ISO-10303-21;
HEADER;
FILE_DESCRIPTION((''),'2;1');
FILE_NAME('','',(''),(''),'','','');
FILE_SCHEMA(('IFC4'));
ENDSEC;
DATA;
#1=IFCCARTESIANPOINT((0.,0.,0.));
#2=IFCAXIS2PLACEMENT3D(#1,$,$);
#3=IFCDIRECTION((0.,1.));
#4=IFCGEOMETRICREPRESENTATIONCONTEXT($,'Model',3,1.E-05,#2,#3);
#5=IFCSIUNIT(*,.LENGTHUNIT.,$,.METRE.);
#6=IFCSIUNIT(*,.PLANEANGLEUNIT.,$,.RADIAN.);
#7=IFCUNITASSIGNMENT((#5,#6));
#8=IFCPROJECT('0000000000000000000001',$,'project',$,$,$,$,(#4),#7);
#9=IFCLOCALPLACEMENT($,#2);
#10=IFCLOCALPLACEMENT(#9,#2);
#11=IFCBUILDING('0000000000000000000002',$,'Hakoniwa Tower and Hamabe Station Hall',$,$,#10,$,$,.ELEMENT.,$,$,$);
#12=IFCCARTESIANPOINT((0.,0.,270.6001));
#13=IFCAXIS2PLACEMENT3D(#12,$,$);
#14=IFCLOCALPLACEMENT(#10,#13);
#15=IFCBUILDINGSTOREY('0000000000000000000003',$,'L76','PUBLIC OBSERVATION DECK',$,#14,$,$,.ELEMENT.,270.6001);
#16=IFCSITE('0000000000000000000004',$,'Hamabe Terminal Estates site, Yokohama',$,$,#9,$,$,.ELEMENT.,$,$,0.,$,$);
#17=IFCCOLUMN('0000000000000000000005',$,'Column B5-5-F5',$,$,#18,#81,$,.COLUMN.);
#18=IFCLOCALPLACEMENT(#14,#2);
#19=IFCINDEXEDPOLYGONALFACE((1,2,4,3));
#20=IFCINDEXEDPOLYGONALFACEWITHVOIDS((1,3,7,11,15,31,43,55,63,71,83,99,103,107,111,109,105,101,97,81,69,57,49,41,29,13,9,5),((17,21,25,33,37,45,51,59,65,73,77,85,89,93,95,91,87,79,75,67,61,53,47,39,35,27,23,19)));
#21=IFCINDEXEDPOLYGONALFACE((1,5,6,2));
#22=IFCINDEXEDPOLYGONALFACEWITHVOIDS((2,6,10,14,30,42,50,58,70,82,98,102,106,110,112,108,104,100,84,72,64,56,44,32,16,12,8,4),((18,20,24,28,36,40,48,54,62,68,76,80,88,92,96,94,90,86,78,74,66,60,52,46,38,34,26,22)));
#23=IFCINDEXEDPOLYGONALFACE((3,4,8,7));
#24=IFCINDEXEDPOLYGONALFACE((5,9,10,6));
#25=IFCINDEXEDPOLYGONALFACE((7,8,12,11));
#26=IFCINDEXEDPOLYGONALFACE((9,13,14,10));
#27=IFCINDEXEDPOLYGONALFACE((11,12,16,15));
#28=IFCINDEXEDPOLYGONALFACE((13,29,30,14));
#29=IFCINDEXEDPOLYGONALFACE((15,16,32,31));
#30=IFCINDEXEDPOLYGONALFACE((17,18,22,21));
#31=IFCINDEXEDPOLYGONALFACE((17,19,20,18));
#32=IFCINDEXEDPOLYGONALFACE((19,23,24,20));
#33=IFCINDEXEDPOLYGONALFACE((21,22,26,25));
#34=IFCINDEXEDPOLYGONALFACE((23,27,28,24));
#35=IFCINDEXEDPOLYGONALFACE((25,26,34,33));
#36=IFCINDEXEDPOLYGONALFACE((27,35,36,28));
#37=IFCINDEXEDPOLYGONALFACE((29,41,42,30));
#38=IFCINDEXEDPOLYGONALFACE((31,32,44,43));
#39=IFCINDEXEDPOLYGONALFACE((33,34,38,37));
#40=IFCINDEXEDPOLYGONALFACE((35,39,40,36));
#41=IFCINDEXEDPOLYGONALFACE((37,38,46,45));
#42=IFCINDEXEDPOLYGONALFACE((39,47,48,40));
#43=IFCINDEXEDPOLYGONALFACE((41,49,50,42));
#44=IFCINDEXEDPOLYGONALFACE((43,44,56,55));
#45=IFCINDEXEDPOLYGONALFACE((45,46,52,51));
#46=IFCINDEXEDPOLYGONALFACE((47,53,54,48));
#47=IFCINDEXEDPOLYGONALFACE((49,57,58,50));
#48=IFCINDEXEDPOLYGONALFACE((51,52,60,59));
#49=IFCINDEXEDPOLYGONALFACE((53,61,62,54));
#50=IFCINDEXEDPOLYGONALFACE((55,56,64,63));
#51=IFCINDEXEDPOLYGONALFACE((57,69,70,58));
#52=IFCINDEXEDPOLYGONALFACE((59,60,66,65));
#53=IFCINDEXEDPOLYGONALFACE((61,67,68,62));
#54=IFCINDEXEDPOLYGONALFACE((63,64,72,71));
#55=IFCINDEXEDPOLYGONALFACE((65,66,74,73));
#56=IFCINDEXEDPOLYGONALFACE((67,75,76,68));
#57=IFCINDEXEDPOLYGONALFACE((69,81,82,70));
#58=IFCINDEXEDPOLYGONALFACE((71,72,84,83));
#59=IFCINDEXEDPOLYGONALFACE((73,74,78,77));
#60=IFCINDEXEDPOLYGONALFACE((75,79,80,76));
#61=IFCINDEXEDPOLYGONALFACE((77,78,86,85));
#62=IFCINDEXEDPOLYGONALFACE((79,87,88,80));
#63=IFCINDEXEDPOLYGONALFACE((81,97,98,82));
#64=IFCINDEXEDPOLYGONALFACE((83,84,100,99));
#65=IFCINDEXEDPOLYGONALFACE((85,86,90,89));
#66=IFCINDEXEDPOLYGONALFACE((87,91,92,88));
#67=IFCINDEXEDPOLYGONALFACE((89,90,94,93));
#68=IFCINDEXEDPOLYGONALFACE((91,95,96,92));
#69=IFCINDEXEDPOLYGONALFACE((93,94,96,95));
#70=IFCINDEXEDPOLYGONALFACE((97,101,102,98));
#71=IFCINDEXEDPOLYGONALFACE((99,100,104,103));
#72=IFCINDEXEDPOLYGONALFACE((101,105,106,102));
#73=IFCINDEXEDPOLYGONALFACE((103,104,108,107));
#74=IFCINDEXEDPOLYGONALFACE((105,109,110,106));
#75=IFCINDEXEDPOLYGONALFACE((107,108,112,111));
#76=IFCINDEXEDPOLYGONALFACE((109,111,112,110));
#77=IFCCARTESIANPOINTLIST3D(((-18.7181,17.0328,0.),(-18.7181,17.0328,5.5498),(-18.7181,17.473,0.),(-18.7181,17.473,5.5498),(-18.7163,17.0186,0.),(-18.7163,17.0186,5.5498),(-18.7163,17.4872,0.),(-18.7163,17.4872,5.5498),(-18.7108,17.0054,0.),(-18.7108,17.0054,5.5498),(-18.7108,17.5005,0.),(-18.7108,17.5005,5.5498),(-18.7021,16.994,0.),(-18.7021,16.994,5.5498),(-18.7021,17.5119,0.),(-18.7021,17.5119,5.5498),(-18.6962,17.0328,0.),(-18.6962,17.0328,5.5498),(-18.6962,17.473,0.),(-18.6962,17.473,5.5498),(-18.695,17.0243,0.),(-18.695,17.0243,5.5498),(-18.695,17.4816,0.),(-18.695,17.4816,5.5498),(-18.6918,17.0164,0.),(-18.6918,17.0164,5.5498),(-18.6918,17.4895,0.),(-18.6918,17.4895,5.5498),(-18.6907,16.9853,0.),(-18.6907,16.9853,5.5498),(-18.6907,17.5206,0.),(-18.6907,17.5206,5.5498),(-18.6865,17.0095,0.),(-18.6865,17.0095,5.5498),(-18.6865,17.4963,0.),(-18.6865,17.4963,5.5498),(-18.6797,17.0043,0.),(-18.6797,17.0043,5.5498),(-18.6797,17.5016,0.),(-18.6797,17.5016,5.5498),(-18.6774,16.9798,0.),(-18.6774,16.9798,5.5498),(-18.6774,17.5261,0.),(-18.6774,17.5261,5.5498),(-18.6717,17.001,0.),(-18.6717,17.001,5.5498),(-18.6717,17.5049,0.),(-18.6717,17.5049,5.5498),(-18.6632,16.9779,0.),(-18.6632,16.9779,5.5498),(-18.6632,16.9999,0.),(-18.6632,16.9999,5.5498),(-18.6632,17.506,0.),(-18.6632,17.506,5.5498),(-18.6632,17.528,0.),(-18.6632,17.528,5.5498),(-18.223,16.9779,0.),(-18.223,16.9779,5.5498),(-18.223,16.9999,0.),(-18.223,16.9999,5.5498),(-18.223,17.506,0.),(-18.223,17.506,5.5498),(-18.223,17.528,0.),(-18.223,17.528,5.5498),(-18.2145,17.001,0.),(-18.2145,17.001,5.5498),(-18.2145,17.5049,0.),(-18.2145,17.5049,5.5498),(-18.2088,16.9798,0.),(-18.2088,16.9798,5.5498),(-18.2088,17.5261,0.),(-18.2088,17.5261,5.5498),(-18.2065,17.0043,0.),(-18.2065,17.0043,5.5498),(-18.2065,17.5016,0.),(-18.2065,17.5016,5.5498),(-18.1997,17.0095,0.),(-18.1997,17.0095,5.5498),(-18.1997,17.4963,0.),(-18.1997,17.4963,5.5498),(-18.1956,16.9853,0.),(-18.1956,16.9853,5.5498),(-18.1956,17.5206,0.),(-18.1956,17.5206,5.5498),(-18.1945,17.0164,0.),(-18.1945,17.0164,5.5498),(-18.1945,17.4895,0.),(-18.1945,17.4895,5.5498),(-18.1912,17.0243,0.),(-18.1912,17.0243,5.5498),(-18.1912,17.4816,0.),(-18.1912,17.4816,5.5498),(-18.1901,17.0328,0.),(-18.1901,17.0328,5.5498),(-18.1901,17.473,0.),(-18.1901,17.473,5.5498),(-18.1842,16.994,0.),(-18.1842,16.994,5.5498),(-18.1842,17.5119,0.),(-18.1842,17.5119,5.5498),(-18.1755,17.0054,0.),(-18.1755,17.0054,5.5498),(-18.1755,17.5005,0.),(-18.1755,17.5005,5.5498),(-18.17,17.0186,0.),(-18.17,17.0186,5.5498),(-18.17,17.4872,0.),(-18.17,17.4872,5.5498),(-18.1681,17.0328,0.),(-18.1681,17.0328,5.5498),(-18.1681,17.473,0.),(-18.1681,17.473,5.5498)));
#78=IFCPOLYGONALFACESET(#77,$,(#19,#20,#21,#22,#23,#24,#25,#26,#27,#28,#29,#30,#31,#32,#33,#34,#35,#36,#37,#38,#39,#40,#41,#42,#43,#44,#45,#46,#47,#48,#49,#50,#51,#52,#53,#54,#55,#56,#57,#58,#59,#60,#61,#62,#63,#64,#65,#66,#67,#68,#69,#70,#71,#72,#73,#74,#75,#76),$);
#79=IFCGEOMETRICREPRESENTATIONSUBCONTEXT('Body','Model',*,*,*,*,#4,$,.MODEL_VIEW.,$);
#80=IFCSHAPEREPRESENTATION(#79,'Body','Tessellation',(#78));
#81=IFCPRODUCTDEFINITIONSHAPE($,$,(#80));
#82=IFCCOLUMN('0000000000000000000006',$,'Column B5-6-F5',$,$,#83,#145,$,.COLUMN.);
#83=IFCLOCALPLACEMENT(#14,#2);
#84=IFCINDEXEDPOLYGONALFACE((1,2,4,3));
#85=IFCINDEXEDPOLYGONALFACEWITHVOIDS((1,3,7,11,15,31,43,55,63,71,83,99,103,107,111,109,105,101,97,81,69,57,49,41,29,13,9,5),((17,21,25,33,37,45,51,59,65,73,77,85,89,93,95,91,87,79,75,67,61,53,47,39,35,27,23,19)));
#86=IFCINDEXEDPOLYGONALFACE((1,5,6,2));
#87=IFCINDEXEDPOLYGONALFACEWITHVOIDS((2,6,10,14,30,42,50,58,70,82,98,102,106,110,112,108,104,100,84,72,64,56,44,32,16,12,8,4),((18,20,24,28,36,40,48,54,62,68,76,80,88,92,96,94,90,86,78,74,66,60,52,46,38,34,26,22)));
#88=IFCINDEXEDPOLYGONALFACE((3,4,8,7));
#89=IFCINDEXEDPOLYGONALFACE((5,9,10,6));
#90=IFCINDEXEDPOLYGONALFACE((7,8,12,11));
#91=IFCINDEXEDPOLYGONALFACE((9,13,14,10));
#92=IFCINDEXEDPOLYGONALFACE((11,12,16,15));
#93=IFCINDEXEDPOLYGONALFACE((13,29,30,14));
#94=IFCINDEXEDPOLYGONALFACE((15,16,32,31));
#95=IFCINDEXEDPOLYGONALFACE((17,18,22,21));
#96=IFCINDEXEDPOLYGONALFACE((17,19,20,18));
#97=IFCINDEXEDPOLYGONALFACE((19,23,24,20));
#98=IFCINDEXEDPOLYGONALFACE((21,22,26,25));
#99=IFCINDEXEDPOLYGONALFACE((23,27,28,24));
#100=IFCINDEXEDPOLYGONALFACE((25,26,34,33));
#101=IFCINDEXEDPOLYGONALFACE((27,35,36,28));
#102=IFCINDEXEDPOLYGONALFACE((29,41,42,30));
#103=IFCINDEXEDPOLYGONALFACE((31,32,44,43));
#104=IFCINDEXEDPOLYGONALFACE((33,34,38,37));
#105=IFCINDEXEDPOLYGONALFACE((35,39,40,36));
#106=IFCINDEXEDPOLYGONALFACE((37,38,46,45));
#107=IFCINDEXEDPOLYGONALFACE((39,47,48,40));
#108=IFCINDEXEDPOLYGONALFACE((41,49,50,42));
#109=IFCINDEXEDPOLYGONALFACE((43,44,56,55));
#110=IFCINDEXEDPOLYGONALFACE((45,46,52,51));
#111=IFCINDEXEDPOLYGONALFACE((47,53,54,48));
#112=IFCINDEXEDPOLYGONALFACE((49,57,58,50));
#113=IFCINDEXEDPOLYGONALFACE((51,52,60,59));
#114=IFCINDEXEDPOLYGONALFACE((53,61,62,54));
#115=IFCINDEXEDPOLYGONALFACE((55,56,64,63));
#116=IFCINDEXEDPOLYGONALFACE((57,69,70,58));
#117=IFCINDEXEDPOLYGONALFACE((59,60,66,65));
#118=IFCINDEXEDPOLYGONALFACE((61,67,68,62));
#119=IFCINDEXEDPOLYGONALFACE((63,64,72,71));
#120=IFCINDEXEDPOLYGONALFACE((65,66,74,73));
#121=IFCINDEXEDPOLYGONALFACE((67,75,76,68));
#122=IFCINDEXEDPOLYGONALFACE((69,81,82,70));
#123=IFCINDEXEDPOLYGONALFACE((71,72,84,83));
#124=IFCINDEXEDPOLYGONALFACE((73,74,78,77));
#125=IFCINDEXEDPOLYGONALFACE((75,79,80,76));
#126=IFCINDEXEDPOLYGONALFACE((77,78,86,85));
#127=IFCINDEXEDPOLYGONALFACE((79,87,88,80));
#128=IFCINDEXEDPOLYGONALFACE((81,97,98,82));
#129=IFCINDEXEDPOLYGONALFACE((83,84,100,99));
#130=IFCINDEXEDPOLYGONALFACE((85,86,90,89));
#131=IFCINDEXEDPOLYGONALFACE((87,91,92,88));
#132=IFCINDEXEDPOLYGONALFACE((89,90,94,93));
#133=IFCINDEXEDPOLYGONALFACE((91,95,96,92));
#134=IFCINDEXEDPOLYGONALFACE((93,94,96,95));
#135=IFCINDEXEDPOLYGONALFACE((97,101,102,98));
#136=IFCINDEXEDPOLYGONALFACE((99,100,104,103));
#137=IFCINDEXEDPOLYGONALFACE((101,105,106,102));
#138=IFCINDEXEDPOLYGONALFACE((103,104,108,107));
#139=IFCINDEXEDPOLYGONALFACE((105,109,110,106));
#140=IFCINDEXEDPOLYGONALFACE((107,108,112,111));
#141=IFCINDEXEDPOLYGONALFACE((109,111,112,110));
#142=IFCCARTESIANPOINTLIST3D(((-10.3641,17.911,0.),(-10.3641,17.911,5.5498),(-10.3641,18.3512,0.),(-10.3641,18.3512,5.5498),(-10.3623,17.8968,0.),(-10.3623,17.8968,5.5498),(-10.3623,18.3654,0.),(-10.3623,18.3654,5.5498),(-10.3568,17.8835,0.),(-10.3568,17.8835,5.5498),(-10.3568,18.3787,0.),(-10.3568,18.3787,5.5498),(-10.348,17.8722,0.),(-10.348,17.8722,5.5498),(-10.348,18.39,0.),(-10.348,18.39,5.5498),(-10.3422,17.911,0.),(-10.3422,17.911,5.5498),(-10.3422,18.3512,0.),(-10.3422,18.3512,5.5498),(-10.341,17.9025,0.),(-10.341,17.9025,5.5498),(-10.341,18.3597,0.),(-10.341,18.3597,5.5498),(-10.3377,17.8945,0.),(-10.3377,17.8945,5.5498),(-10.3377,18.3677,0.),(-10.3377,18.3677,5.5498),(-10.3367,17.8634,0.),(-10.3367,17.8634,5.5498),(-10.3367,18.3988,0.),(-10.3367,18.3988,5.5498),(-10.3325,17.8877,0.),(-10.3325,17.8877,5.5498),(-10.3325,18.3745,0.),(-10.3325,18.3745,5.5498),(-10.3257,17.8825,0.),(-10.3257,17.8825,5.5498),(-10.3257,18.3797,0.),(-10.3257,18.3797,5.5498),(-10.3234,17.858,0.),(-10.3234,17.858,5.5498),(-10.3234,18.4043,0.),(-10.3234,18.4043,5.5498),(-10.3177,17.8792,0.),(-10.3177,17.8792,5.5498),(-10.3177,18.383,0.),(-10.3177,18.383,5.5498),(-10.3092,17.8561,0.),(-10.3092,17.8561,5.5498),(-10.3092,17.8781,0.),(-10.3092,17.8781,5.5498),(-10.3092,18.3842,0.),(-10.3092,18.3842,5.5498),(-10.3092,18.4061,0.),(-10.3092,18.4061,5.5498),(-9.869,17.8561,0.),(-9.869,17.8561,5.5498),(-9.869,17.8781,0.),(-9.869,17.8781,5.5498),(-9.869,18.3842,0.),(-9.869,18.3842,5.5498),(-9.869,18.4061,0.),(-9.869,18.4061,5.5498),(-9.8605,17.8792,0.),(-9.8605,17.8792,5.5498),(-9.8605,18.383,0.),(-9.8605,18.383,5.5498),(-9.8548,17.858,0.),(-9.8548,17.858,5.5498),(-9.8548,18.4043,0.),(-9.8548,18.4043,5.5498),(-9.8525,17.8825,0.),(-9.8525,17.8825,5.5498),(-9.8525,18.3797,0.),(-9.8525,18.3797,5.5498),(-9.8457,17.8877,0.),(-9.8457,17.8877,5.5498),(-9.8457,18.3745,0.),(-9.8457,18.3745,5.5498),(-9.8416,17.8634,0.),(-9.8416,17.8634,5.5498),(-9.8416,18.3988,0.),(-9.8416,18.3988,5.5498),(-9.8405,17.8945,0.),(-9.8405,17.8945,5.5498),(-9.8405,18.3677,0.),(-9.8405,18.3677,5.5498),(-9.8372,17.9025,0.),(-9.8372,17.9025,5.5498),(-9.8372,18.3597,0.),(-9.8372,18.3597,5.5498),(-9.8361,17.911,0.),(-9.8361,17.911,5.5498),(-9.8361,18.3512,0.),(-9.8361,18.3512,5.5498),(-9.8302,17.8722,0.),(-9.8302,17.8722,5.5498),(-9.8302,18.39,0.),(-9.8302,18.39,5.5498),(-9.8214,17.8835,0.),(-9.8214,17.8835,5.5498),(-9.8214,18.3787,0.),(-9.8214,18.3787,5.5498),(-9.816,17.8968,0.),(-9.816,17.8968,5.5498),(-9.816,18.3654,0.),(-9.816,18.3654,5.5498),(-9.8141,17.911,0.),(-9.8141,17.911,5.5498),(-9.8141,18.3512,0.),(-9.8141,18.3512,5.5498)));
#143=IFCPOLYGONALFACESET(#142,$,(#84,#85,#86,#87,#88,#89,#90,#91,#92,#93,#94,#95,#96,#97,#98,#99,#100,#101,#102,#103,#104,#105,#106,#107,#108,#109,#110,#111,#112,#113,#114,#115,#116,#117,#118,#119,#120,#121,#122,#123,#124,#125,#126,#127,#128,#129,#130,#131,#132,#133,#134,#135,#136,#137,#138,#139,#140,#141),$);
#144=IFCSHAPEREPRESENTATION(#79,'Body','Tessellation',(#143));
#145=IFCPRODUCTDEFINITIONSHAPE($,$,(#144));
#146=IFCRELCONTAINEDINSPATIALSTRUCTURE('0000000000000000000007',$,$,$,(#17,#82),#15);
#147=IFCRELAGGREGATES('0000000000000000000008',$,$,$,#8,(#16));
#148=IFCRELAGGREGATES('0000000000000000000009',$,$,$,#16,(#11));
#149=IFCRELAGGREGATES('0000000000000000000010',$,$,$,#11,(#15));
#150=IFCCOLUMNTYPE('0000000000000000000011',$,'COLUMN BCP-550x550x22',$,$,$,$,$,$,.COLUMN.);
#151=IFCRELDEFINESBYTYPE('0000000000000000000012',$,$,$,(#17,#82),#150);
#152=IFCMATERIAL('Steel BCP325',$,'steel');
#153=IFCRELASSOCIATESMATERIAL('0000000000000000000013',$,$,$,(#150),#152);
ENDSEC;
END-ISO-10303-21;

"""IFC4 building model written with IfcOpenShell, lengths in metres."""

from ifc_helpers import new_model, si_unit, direction, frame, origin, origin_2d, place, context, subcontext, project, spatial, hollow_rectangle, extrude, material, material_profile, profile_set, type_object, element, save


model = new_model("IFC4")

# Units and contexts
model_context = context("Model", 3, precision=1e-05, world=origin(), true_north=direction((0.0, 1.0)))
body_context = subcontext(model_context, "Body", "Model", "MODEL_VIEW")
ifc_project = project(units=[si_unit("LENGTHUNIT", "METRE"), si_unit("PLANEANGLEUNIT", "RADIAN")], contexts=[model_context])

# Site, building, storey
site_placement = place(None, origin())
site = spatial("IfcSite", under=ifc_project, at=site_placement, Name="Hamabe Terminal Estates site, Yokohama", CompositionType="ELEMENT", RefElevation=0.0)
building_placement = place(site_placement, origin())
building = spatial("IfcBuilding", under=site, at=building_placement, Name="Hakoniwa Tower and Hamabe Station Hall", CompositionType="ELEMENT")
storey_placement = place(building_placement, frame((0.0, 0.0, 270.6001)))
storey = spatial("IfcBuildingStorey", under=building, at=storey_placement, Name="L76", Description="PUBLIC OBSERVATION DECK", CompositionType="ELEMENT", Elevation=270.6001)

# Columns
ifc_material_1 = material(Name="Steel BCP325", Category="steel")
ifc_material_profile_1 = material_profile(ifc_material_1, hollow_rectangle(XDim=0.55, YDim=0.55, WallThickness=0.022, InnerFilletRadius=0.033, OuterFilletRadius=0.0549, at=origin_2d()), Name="BCP-550x550x22")
ifc_profile_set_1 = profile_set([ifc_material_profile_1], Name="Steel BCP325")
column_type_1 = type_object("IfcColumnType", Name="COLUMN BCP-550x550x22", PredefinedType="COLUMN", material=ifc_profile_set_1)
for number, where, z_axis, x_axis, name in (
    (1, (-18.4431, 17.2529, 0.0), (0.0, 0.0, 1.0), (1.0, 0.0, 0.0), "Column B5-5-F5"),
    (2, (-10.0891, 18.1311, 0.0), (0.0, 0.0, 1.0), (1.0, 0.0, 0.0), "Column B5-6-F5"),
):
    element("IfcColumn", number, at=place(storey_placement, frame(where, z_axis=z_axis, x_axis=x_axis)), inside=storey, type_object=column_type_1, Name=name, PredefinedType="COLUMN", context=body_context, shape_type="SweptSolid", body=[
        extrude(hollow_rectangle(XDim=0.55, YDim=0.55, WallThickness=0.022, InnerFilletRadius=0.033, OuterFilletRadius=0.0549, at=origin_2d()), origin(), (0.0, 0.0, 1.0), 5.5498),
    ])

save(model, "model.ifc")
